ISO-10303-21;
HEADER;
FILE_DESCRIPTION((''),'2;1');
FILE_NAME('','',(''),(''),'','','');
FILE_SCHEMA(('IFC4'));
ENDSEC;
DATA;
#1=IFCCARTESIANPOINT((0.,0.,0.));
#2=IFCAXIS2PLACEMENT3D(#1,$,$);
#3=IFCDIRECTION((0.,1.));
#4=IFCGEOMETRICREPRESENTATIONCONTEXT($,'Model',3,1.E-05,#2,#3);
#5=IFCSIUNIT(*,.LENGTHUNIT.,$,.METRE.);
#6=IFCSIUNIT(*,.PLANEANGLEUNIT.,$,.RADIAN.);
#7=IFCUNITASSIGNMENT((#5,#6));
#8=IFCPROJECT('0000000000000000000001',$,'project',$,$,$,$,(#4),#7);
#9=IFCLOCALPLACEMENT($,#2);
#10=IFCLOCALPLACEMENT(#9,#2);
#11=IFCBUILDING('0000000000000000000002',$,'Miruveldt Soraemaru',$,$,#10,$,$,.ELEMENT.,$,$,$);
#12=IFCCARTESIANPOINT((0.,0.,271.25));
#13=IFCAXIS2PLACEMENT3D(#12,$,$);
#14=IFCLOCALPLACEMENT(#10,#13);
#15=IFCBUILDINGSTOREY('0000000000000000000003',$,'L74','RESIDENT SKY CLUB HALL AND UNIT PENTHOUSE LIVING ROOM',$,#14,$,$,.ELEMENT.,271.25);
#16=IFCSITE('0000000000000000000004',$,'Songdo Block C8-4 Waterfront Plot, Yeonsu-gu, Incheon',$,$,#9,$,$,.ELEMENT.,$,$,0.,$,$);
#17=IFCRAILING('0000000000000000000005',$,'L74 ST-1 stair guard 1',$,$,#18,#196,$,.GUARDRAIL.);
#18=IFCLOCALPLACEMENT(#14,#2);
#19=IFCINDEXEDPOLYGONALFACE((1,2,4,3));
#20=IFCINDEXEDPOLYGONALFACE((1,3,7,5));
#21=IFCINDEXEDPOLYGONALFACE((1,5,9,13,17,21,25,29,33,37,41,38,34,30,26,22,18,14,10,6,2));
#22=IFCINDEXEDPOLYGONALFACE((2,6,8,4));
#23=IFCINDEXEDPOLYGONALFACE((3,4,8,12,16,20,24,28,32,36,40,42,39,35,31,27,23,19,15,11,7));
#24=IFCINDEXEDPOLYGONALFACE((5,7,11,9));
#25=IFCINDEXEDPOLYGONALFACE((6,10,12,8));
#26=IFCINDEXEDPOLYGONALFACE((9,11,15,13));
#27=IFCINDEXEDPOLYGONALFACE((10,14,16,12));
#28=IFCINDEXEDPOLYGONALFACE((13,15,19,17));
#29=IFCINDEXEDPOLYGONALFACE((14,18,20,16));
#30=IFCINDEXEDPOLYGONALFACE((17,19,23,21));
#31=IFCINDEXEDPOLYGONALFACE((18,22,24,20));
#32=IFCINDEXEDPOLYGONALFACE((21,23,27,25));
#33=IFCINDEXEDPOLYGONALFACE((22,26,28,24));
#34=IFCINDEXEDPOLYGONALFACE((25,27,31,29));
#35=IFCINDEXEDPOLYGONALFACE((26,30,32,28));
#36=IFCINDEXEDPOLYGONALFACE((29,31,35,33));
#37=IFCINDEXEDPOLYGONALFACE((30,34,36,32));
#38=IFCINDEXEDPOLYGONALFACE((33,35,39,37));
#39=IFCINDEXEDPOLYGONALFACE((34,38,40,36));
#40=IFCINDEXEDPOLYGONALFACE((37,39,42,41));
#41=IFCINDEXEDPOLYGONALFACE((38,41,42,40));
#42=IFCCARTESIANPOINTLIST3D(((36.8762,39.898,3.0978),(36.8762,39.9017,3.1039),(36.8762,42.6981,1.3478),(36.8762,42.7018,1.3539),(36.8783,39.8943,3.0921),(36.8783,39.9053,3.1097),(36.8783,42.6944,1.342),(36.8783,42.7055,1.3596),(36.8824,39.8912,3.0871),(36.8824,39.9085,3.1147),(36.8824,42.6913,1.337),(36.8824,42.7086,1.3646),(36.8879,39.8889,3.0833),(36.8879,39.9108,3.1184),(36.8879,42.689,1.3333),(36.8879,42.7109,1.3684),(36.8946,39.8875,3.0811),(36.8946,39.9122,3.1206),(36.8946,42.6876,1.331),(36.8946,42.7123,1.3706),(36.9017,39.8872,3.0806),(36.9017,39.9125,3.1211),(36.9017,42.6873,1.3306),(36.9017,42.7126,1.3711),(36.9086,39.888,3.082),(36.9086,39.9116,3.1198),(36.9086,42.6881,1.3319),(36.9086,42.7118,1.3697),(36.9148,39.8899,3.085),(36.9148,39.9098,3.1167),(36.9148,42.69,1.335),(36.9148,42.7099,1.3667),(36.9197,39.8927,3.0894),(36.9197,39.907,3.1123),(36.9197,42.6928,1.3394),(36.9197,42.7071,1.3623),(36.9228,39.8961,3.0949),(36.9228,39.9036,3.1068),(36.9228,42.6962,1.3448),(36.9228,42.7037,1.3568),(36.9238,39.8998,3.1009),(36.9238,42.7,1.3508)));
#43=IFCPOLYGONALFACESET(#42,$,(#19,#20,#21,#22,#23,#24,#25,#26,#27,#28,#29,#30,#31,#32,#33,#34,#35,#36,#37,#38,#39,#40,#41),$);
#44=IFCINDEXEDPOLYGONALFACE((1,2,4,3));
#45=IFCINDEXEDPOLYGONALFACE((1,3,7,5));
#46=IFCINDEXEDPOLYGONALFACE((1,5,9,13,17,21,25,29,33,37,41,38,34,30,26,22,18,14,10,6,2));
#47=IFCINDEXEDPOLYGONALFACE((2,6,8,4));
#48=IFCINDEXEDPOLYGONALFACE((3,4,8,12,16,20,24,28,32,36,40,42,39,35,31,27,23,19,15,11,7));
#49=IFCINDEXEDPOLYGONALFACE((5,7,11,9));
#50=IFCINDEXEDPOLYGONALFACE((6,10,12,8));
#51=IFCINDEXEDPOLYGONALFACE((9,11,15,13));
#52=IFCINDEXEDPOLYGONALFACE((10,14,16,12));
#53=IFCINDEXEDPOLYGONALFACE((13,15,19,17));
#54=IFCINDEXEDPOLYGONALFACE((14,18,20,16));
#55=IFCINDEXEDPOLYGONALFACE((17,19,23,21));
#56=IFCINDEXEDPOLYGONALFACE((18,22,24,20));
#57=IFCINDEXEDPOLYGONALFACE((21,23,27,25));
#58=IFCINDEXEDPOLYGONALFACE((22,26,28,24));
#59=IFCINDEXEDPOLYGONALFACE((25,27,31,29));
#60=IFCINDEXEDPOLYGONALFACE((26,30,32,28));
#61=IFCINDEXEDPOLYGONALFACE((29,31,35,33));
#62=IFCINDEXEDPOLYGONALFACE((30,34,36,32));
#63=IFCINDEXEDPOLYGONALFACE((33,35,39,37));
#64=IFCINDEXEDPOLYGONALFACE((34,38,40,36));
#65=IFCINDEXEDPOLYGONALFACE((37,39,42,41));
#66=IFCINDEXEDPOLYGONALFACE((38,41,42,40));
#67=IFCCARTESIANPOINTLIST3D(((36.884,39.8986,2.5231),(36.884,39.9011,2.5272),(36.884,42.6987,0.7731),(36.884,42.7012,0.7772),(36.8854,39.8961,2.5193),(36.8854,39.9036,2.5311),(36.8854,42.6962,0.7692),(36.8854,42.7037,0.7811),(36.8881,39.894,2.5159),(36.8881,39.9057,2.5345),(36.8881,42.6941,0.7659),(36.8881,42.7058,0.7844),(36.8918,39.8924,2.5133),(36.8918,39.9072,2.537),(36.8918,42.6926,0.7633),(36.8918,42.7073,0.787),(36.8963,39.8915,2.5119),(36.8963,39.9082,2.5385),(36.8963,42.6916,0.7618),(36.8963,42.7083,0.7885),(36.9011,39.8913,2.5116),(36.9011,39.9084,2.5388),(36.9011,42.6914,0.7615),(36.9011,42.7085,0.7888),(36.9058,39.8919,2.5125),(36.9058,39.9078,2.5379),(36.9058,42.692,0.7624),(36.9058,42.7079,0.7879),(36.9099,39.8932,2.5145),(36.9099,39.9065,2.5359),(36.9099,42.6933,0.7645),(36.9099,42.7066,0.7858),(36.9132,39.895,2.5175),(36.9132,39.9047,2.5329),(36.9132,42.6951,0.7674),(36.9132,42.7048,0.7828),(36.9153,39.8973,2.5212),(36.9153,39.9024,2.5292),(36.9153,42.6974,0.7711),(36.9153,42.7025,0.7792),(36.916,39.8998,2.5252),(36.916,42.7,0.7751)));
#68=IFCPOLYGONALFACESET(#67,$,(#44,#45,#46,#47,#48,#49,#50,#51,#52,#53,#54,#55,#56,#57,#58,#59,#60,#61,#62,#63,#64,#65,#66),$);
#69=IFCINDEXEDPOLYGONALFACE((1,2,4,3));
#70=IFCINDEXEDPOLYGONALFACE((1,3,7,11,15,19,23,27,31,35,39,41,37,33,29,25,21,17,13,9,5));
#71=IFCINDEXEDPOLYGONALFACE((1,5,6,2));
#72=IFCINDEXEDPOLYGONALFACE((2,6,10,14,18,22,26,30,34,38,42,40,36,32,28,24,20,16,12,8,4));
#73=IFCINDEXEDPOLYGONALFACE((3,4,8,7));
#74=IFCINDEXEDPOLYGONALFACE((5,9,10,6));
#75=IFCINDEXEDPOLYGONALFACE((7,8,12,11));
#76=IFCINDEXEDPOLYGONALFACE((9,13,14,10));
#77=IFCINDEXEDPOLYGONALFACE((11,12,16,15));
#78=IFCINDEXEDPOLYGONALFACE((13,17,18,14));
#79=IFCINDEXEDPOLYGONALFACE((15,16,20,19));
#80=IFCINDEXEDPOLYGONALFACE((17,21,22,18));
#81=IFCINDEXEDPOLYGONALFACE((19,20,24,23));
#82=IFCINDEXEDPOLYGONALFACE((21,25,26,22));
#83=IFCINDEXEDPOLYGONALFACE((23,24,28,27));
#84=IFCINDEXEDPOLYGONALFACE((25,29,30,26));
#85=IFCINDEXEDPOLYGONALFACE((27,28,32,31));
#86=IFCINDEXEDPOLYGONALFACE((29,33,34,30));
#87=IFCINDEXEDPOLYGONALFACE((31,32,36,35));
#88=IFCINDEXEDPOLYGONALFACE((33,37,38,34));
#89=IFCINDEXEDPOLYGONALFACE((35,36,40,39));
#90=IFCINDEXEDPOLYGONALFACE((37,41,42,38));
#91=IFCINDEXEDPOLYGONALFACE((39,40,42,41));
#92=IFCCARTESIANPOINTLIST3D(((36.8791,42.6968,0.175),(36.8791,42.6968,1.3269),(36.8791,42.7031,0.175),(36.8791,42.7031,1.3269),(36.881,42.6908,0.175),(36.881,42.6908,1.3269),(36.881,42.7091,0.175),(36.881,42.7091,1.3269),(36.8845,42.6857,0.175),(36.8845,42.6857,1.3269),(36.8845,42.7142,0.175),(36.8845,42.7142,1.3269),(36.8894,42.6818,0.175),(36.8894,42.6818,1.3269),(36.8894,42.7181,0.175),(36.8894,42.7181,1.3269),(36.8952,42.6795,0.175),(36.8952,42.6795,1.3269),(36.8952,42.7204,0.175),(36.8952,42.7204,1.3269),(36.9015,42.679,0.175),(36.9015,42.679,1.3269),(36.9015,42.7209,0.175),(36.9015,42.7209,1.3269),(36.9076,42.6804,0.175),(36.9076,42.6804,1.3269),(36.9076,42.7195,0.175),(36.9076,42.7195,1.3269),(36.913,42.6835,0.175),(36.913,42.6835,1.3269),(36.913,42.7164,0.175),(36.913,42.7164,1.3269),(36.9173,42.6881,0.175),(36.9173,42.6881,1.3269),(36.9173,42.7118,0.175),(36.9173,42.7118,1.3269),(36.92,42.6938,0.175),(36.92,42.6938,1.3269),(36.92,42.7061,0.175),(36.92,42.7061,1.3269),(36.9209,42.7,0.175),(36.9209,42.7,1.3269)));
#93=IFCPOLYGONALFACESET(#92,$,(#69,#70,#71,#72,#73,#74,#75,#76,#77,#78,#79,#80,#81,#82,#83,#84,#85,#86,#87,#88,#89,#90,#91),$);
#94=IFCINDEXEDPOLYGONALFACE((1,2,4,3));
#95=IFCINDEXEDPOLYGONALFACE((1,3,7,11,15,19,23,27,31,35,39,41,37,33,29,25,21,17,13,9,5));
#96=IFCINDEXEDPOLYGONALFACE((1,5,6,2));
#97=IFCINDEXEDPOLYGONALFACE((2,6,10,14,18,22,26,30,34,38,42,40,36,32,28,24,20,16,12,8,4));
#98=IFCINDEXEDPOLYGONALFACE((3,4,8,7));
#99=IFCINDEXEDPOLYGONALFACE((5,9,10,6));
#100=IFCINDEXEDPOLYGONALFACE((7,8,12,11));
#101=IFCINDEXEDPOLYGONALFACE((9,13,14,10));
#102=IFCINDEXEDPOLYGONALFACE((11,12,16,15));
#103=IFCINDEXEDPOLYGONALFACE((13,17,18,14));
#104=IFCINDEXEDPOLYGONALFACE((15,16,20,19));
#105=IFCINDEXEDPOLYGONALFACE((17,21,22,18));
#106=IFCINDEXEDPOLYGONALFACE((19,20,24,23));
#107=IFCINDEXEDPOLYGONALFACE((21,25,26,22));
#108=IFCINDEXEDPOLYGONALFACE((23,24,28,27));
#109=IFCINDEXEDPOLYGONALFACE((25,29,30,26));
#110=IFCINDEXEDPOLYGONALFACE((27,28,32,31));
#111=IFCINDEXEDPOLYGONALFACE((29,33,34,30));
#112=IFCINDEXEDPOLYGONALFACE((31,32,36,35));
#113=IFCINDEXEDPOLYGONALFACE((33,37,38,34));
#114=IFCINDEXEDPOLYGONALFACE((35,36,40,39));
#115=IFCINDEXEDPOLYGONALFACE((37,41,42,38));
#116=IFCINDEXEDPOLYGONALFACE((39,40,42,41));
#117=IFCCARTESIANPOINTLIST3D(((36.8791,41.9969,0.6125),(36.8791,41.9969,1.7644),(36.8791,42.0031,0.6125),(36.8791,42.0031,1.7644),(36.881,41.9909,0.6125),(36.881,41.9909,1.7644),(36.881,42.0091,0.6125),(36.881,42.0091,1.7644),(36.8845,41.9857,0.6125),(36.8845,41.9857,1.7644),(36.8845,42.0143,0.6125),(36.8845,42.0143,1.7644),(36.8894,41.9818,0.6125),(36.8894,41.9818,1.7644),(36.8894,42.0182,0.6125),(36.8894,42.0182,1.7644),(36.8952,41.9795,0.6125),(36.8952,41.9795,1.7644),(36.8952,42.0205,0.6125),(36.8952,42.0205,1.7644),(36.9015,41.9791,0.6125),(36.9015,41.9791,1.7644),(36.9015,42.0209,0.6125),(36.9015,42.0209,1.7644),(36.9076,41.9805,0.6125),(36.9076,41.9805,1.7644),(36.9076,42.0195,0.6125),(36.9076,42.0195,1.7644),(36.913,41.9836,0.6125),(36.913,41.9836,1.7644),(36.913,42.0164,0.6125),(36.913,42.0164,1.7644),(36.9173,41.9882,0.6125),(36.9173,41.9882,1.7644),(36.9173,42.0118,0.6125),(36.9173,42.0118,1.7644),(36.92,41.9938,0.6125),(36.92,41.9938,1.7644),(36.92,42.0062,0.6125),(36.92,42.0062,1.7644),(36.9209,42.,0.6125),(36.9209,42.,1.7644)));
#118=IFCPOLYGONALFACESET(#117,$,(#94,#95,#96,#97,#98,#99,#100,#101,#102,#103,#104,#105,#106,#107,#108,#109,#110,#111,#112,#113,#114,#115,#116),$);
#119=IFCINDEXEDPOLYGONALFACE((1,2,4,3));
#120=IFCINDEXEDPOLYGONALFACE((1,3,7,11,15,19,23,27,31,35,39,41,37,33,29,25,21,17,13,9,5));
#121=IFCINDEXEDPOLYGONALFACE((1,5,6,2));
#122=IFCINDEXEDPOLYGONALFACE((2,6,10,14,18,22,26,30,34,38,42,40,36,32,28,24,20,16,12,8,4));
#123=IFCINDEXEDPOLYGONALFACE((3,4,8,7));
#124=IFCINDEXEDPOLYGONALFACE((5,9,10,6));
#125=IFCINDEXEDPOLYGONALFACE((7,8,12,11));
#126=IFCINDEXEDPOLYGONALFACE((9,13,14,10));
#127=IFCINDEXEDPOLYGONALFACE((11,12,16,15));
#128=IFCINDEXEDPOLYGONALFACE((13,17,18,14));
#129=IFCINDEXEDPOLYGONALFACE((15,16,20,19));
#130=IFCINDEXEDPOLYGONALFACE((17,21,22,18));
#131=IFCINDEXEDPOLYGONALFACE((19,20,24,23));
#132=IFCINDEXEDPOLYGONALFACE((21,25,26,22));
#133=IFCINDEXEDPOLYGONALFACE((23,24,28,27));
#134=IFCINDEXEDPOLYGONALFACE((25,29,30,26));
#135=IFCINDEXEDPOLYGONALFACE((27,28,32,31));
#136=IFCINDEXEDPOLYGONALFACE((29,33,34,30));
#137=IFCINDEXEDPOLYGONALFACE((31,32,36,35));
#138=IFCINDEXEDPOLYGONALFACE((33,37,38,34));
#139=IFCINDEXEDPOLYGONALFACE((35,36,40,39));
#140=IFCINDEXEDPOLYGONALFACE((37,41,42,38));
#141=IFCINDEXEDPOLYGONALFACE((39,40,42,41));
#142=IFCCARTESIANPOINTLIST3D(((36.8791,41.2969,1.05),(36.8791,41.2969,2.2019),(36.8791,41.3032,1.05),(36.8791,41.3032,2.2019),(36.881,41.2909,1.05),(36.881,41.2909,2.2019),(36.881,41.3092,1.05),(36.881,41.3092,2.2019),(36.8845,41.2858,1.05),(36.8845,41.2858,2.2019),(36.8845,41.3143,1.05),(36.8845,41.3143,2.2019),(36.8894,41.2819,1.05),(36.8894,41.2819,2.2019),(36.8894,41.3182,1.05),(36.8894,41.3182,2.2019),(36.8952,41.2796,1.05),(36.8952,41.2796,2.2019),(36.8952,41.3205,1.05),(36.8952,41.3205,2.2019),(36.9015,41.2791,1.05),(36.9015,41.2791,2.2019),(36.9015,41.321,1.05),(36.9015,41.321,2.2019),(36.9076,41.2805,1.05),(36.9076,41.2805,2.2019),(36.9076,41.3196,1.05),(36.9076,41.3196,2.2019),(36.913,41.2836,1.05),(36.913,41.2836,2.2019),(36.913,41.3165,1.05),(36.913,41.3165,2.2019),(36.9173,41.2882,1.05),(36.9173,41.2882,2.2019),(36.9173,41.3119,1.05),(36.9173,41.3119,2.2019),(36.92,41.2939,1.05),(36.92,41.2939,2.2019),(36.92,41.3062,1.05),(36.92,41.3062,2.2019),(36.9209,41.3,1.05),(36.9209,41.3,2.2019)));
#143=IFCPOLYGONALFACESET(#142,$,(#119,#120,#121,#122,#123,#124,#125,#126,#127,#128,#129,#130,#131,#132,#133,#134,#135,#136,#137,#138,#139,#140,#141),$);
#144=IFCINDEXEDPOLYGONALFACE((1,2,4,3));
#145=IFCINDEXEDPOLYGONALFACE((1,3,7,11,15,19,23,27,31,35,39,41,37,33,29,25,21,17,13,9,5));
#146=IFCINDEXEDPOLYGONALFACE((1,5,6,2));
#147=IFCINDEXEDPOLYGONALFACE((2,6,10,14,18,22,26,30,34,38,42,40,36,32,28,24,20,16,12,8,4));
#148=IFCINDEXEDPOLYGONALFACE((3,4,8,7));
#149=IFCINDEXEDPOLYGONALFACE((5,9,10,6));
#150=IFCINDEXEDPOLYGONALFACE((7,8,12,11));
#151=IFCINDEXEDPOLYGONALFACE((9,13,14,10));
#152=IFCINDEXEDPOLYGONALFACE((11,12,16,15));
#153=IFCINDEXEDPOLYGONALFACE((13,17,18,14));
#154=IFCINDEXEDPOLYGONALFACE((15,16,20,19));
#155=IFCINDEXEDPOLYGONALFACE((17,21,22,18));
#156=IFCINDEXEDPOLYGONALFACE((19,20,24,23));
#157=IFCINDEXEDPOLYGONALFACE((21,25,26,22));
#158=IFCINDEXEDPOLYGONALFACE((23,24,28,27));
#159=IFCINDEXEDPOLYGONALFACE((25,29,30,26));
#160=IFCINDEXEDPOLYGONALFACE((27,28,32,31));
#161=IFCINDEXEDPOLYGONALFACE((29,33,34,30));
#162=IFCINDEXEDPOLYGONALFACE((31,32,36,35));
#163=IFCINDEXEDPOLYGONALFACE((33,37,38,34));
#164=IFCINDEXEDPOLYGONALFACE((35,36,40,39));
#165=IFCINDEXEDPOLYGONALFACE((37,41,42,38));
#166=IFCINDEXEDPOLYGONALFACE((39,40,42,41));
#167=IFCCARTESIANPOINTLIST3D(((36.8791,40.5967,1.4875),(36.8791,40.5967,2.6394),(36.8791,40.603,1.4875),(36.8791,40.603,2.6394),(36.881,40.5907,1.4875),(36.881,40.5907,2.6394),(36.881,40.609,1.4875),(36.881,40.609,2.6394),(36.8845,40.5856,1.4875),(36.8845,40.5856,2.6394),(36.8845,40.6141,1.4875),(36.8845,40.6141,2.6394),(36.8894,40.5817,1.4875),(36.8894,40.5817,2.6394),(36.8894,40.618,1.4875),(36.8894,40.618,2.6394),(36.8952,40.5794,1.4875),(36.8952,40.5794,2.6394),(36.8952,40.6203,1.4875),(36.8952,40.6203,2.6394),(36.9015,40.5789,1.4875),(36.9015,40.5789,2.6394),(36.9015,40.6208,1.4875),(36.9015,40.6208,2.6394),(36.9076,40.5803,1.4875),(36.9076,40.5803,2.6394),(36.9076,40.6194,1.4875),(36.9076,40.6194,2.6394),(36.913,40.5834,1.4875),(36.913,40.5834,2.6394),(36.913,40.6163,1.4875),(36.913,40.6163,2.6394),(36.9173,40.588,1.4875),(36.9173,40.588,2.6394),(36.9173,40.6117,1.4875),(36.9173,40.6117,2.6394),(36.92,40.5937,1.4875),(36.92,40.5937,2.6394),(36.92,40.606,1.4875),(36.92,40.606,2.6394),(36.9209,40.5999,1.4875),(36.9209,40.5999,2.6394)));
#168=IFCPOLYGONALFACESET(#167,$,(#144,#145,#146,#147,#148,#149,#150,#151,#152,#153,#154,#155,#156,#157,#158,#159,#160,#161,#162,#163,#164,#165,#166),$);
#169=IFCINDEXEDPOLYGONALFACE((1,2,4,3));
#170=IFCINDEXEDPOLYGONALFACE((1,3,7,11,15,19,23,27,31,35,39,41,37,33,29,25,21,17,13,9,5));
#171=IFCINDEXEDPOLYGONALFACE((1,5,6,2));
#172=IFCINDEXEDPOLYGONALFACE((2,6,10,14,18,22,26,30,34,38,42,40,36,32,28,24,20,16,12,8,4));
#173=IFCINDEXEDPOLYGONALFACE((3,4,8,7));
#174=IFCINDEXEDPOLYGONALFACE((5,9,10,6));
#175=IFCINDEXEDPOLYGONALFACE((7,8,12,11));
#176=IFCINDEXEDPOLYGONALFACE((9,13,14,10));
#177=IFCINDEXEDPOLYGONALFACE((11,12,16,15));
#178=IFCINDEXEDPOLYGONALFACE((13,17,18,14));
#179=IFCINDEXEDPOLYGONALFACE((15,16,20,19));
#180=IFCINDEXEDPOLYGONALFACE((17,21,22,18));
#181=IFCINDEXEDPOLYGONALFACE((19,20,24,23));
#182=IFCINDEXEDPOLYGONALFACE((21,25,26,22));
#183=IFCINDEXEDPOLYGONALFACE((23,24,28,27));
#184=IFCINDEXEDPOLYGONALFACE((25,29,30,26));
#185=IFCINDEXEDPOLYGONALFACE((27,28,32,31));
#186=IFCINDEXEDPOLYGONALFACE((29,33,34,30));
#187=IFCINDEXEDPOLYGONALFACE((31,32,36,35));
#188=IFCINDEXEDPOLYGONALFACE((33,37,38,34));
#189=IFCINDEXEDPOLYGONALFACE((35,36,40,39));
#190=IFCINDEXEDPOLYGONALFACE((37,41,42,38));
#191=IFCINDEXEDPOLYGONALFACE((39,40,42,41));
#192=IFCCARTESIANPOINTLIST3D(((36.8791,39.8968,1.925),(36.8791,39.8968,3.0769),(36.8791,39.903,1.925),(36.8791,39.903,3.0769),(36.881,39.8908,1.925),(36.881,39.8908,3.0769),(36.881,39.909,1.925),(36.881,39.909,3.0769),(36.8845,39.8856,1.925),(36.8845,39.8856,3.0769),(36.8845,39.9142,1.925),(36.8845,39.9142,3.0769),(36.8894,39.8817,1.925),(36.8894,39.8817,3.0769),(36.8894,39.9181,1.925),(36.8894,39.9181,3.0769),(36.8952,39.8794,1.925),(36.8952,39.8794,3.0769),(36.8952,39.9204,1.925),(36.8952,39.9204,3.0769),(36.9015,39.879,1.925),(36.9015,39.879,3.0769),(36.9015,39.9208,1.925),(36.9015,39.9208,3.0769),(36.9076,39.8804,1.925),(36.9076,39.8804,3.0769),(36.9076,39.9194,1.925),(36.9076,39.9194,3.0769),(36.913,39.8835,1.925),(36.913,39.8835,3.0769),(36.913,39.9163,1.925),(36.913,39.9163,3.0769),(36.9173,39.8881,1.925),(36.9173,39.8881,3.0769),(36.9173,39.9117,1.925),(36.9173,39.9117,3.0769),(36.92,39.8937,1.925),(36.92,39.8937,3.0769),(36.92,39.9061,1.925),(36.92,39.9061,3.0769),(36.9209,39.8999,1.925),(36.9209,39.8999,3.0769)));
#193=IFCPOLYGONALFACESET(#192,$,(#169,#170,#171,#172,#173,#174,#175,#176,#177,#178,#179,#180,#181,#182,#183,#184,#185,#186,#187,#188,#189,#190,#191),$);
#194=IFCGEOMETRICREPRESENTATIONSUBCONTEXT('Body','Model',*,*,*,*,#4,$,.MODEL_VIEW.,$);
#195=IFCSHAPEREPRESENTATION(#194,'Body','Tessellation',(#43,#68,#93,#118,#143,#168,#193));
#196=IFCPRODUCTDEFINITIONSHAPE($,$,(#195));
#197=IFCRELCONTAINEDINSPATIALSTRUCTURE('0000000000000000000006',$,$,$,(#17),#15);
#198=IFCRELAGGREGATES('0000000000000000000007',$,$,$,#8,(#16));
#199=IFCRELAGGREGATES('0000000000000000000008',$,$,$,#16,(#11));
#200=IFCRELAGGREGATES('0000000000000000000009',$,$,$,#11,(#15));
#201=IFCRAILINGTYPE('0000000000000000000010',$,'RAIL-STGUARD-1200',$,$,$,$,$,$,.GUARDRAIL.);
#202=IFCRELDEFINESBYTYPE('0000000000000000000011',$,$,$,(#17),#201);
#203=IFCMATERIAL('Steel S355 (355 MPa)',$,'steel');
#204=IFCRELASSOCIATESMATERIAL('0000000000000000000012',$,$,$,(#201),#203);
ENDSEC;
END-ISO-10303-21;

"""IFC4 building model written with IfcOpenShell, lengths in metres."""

from ifc_helpers import new_model, si_unit, direction, frame, origin, origin_2d, place, context, subcontext, project, spatial, circle, extrude, material, type_object, element, save


model = new_model("IFC4")

# Units and contexts
model_context = context("Model", 3, precision=1e-05, world=origin(), true_north=direction((0.0, 1.0)))
body_context = subcontext(model_context, "Body", "Model", "MODEL_VIEW")
ifc_project = project(units=[si_unit("LENGTHUNIT", "METRE"), si_unit("PLANEANGLEUNIT", "RADIAN")], contexts=[model_context])

# Site, building, storey
site_placement = place(None, origin())
site = spatial("IfcSite", under=ifc_project, at=site_placement, Name="Songdo Block C8-4 Waterfront Plot, Yeonsu-gu, Incheon", CompositionType="ELEMENT", RefElevation=0.0)
building_placement = place(site_placement, origin())
building = spatial("IfcBuilding", under=site, at=building_placement, Name="Miruveldt Soraemaru", CompositionType="ELEMENT")
storey_placement = place(building_placement, frame((0.0, 0.0, 271.25)))
storey = spatial("IfcBuildingStorey", under=building, at=storey_placement, Name="L74", Description="RESIDENT SKY CLUB HALL AND UNIT PENTHOUSE LIVING ROOM", CompositionType="ELEMENT", Elevation=271.25)

# Railing
ifc_material_1 = material(Name="Steel S355 (355 MPa)", Category="steel")
railing_type_1 = type_object("IfcRailingType", Name="RAIL-STGUARD-1200", PredefinedType="GUARDRAIL", material=ifc_material_1)
railing_1_placement = place(storey_placement, frame((36.8999, 42.7, 0.175)))
element("IfcRailing", 1, at=railing_1_placement, inside=storey, type_object=railing_type_1, Name="L74 ST-1 stair guard 1", PredefinedType="GUARDRAIL", context=body_context, shape_type="SweptSolid", body=[
    extrude(circle(Radius=0.0239, at=origin_2d()), frame((0.0, 0.0, 1.1758), z_axis=(0.0, -0.848002, 0.529992), x_axis=(1.0, 0.0, 0.0)), (0.0, 0.0, 1.0), 3.302),
    extrude(circle(Radius=0.0161, at=origin_2d()), frame((0.0, 0.0, 0.6001), z_axis=(0.0, -0.848002, 0.529992), x_axis=(1.0, 0.0, 0.0)), (0.0, 0.0, 1.0), 3.302),
    extrude(circle(Radius=0.021, at=origin_2d()), origin(), (0.0, 0.0, 1.0), 1.1519),
    extrude(circle(Radius=0.021, at=origin_2d()), frame((0.0, -0.7, 0.4375)), (0.0, 0.0, 1.0), 1.1519),
    extrude(circle(Radius=0.021, at=origin_2d()), frame((0.0, -1.3999, 0.875)), (0.0, 0.0, 1.0), 1.1519),
    extrude(circle(Radius=0.021, at=origin_2d()), frame((0.0, -2.1001, 1.3125)), (0.0, 0.0, 1.0), 1.1519),
    extrude(circle(Radius=0.021, at=origin_2d()), frame((0.0, -2.8, 1.75)), (0.0, 0.0, 1.0), 1.1519),
])

save(model, "model.ifc")
